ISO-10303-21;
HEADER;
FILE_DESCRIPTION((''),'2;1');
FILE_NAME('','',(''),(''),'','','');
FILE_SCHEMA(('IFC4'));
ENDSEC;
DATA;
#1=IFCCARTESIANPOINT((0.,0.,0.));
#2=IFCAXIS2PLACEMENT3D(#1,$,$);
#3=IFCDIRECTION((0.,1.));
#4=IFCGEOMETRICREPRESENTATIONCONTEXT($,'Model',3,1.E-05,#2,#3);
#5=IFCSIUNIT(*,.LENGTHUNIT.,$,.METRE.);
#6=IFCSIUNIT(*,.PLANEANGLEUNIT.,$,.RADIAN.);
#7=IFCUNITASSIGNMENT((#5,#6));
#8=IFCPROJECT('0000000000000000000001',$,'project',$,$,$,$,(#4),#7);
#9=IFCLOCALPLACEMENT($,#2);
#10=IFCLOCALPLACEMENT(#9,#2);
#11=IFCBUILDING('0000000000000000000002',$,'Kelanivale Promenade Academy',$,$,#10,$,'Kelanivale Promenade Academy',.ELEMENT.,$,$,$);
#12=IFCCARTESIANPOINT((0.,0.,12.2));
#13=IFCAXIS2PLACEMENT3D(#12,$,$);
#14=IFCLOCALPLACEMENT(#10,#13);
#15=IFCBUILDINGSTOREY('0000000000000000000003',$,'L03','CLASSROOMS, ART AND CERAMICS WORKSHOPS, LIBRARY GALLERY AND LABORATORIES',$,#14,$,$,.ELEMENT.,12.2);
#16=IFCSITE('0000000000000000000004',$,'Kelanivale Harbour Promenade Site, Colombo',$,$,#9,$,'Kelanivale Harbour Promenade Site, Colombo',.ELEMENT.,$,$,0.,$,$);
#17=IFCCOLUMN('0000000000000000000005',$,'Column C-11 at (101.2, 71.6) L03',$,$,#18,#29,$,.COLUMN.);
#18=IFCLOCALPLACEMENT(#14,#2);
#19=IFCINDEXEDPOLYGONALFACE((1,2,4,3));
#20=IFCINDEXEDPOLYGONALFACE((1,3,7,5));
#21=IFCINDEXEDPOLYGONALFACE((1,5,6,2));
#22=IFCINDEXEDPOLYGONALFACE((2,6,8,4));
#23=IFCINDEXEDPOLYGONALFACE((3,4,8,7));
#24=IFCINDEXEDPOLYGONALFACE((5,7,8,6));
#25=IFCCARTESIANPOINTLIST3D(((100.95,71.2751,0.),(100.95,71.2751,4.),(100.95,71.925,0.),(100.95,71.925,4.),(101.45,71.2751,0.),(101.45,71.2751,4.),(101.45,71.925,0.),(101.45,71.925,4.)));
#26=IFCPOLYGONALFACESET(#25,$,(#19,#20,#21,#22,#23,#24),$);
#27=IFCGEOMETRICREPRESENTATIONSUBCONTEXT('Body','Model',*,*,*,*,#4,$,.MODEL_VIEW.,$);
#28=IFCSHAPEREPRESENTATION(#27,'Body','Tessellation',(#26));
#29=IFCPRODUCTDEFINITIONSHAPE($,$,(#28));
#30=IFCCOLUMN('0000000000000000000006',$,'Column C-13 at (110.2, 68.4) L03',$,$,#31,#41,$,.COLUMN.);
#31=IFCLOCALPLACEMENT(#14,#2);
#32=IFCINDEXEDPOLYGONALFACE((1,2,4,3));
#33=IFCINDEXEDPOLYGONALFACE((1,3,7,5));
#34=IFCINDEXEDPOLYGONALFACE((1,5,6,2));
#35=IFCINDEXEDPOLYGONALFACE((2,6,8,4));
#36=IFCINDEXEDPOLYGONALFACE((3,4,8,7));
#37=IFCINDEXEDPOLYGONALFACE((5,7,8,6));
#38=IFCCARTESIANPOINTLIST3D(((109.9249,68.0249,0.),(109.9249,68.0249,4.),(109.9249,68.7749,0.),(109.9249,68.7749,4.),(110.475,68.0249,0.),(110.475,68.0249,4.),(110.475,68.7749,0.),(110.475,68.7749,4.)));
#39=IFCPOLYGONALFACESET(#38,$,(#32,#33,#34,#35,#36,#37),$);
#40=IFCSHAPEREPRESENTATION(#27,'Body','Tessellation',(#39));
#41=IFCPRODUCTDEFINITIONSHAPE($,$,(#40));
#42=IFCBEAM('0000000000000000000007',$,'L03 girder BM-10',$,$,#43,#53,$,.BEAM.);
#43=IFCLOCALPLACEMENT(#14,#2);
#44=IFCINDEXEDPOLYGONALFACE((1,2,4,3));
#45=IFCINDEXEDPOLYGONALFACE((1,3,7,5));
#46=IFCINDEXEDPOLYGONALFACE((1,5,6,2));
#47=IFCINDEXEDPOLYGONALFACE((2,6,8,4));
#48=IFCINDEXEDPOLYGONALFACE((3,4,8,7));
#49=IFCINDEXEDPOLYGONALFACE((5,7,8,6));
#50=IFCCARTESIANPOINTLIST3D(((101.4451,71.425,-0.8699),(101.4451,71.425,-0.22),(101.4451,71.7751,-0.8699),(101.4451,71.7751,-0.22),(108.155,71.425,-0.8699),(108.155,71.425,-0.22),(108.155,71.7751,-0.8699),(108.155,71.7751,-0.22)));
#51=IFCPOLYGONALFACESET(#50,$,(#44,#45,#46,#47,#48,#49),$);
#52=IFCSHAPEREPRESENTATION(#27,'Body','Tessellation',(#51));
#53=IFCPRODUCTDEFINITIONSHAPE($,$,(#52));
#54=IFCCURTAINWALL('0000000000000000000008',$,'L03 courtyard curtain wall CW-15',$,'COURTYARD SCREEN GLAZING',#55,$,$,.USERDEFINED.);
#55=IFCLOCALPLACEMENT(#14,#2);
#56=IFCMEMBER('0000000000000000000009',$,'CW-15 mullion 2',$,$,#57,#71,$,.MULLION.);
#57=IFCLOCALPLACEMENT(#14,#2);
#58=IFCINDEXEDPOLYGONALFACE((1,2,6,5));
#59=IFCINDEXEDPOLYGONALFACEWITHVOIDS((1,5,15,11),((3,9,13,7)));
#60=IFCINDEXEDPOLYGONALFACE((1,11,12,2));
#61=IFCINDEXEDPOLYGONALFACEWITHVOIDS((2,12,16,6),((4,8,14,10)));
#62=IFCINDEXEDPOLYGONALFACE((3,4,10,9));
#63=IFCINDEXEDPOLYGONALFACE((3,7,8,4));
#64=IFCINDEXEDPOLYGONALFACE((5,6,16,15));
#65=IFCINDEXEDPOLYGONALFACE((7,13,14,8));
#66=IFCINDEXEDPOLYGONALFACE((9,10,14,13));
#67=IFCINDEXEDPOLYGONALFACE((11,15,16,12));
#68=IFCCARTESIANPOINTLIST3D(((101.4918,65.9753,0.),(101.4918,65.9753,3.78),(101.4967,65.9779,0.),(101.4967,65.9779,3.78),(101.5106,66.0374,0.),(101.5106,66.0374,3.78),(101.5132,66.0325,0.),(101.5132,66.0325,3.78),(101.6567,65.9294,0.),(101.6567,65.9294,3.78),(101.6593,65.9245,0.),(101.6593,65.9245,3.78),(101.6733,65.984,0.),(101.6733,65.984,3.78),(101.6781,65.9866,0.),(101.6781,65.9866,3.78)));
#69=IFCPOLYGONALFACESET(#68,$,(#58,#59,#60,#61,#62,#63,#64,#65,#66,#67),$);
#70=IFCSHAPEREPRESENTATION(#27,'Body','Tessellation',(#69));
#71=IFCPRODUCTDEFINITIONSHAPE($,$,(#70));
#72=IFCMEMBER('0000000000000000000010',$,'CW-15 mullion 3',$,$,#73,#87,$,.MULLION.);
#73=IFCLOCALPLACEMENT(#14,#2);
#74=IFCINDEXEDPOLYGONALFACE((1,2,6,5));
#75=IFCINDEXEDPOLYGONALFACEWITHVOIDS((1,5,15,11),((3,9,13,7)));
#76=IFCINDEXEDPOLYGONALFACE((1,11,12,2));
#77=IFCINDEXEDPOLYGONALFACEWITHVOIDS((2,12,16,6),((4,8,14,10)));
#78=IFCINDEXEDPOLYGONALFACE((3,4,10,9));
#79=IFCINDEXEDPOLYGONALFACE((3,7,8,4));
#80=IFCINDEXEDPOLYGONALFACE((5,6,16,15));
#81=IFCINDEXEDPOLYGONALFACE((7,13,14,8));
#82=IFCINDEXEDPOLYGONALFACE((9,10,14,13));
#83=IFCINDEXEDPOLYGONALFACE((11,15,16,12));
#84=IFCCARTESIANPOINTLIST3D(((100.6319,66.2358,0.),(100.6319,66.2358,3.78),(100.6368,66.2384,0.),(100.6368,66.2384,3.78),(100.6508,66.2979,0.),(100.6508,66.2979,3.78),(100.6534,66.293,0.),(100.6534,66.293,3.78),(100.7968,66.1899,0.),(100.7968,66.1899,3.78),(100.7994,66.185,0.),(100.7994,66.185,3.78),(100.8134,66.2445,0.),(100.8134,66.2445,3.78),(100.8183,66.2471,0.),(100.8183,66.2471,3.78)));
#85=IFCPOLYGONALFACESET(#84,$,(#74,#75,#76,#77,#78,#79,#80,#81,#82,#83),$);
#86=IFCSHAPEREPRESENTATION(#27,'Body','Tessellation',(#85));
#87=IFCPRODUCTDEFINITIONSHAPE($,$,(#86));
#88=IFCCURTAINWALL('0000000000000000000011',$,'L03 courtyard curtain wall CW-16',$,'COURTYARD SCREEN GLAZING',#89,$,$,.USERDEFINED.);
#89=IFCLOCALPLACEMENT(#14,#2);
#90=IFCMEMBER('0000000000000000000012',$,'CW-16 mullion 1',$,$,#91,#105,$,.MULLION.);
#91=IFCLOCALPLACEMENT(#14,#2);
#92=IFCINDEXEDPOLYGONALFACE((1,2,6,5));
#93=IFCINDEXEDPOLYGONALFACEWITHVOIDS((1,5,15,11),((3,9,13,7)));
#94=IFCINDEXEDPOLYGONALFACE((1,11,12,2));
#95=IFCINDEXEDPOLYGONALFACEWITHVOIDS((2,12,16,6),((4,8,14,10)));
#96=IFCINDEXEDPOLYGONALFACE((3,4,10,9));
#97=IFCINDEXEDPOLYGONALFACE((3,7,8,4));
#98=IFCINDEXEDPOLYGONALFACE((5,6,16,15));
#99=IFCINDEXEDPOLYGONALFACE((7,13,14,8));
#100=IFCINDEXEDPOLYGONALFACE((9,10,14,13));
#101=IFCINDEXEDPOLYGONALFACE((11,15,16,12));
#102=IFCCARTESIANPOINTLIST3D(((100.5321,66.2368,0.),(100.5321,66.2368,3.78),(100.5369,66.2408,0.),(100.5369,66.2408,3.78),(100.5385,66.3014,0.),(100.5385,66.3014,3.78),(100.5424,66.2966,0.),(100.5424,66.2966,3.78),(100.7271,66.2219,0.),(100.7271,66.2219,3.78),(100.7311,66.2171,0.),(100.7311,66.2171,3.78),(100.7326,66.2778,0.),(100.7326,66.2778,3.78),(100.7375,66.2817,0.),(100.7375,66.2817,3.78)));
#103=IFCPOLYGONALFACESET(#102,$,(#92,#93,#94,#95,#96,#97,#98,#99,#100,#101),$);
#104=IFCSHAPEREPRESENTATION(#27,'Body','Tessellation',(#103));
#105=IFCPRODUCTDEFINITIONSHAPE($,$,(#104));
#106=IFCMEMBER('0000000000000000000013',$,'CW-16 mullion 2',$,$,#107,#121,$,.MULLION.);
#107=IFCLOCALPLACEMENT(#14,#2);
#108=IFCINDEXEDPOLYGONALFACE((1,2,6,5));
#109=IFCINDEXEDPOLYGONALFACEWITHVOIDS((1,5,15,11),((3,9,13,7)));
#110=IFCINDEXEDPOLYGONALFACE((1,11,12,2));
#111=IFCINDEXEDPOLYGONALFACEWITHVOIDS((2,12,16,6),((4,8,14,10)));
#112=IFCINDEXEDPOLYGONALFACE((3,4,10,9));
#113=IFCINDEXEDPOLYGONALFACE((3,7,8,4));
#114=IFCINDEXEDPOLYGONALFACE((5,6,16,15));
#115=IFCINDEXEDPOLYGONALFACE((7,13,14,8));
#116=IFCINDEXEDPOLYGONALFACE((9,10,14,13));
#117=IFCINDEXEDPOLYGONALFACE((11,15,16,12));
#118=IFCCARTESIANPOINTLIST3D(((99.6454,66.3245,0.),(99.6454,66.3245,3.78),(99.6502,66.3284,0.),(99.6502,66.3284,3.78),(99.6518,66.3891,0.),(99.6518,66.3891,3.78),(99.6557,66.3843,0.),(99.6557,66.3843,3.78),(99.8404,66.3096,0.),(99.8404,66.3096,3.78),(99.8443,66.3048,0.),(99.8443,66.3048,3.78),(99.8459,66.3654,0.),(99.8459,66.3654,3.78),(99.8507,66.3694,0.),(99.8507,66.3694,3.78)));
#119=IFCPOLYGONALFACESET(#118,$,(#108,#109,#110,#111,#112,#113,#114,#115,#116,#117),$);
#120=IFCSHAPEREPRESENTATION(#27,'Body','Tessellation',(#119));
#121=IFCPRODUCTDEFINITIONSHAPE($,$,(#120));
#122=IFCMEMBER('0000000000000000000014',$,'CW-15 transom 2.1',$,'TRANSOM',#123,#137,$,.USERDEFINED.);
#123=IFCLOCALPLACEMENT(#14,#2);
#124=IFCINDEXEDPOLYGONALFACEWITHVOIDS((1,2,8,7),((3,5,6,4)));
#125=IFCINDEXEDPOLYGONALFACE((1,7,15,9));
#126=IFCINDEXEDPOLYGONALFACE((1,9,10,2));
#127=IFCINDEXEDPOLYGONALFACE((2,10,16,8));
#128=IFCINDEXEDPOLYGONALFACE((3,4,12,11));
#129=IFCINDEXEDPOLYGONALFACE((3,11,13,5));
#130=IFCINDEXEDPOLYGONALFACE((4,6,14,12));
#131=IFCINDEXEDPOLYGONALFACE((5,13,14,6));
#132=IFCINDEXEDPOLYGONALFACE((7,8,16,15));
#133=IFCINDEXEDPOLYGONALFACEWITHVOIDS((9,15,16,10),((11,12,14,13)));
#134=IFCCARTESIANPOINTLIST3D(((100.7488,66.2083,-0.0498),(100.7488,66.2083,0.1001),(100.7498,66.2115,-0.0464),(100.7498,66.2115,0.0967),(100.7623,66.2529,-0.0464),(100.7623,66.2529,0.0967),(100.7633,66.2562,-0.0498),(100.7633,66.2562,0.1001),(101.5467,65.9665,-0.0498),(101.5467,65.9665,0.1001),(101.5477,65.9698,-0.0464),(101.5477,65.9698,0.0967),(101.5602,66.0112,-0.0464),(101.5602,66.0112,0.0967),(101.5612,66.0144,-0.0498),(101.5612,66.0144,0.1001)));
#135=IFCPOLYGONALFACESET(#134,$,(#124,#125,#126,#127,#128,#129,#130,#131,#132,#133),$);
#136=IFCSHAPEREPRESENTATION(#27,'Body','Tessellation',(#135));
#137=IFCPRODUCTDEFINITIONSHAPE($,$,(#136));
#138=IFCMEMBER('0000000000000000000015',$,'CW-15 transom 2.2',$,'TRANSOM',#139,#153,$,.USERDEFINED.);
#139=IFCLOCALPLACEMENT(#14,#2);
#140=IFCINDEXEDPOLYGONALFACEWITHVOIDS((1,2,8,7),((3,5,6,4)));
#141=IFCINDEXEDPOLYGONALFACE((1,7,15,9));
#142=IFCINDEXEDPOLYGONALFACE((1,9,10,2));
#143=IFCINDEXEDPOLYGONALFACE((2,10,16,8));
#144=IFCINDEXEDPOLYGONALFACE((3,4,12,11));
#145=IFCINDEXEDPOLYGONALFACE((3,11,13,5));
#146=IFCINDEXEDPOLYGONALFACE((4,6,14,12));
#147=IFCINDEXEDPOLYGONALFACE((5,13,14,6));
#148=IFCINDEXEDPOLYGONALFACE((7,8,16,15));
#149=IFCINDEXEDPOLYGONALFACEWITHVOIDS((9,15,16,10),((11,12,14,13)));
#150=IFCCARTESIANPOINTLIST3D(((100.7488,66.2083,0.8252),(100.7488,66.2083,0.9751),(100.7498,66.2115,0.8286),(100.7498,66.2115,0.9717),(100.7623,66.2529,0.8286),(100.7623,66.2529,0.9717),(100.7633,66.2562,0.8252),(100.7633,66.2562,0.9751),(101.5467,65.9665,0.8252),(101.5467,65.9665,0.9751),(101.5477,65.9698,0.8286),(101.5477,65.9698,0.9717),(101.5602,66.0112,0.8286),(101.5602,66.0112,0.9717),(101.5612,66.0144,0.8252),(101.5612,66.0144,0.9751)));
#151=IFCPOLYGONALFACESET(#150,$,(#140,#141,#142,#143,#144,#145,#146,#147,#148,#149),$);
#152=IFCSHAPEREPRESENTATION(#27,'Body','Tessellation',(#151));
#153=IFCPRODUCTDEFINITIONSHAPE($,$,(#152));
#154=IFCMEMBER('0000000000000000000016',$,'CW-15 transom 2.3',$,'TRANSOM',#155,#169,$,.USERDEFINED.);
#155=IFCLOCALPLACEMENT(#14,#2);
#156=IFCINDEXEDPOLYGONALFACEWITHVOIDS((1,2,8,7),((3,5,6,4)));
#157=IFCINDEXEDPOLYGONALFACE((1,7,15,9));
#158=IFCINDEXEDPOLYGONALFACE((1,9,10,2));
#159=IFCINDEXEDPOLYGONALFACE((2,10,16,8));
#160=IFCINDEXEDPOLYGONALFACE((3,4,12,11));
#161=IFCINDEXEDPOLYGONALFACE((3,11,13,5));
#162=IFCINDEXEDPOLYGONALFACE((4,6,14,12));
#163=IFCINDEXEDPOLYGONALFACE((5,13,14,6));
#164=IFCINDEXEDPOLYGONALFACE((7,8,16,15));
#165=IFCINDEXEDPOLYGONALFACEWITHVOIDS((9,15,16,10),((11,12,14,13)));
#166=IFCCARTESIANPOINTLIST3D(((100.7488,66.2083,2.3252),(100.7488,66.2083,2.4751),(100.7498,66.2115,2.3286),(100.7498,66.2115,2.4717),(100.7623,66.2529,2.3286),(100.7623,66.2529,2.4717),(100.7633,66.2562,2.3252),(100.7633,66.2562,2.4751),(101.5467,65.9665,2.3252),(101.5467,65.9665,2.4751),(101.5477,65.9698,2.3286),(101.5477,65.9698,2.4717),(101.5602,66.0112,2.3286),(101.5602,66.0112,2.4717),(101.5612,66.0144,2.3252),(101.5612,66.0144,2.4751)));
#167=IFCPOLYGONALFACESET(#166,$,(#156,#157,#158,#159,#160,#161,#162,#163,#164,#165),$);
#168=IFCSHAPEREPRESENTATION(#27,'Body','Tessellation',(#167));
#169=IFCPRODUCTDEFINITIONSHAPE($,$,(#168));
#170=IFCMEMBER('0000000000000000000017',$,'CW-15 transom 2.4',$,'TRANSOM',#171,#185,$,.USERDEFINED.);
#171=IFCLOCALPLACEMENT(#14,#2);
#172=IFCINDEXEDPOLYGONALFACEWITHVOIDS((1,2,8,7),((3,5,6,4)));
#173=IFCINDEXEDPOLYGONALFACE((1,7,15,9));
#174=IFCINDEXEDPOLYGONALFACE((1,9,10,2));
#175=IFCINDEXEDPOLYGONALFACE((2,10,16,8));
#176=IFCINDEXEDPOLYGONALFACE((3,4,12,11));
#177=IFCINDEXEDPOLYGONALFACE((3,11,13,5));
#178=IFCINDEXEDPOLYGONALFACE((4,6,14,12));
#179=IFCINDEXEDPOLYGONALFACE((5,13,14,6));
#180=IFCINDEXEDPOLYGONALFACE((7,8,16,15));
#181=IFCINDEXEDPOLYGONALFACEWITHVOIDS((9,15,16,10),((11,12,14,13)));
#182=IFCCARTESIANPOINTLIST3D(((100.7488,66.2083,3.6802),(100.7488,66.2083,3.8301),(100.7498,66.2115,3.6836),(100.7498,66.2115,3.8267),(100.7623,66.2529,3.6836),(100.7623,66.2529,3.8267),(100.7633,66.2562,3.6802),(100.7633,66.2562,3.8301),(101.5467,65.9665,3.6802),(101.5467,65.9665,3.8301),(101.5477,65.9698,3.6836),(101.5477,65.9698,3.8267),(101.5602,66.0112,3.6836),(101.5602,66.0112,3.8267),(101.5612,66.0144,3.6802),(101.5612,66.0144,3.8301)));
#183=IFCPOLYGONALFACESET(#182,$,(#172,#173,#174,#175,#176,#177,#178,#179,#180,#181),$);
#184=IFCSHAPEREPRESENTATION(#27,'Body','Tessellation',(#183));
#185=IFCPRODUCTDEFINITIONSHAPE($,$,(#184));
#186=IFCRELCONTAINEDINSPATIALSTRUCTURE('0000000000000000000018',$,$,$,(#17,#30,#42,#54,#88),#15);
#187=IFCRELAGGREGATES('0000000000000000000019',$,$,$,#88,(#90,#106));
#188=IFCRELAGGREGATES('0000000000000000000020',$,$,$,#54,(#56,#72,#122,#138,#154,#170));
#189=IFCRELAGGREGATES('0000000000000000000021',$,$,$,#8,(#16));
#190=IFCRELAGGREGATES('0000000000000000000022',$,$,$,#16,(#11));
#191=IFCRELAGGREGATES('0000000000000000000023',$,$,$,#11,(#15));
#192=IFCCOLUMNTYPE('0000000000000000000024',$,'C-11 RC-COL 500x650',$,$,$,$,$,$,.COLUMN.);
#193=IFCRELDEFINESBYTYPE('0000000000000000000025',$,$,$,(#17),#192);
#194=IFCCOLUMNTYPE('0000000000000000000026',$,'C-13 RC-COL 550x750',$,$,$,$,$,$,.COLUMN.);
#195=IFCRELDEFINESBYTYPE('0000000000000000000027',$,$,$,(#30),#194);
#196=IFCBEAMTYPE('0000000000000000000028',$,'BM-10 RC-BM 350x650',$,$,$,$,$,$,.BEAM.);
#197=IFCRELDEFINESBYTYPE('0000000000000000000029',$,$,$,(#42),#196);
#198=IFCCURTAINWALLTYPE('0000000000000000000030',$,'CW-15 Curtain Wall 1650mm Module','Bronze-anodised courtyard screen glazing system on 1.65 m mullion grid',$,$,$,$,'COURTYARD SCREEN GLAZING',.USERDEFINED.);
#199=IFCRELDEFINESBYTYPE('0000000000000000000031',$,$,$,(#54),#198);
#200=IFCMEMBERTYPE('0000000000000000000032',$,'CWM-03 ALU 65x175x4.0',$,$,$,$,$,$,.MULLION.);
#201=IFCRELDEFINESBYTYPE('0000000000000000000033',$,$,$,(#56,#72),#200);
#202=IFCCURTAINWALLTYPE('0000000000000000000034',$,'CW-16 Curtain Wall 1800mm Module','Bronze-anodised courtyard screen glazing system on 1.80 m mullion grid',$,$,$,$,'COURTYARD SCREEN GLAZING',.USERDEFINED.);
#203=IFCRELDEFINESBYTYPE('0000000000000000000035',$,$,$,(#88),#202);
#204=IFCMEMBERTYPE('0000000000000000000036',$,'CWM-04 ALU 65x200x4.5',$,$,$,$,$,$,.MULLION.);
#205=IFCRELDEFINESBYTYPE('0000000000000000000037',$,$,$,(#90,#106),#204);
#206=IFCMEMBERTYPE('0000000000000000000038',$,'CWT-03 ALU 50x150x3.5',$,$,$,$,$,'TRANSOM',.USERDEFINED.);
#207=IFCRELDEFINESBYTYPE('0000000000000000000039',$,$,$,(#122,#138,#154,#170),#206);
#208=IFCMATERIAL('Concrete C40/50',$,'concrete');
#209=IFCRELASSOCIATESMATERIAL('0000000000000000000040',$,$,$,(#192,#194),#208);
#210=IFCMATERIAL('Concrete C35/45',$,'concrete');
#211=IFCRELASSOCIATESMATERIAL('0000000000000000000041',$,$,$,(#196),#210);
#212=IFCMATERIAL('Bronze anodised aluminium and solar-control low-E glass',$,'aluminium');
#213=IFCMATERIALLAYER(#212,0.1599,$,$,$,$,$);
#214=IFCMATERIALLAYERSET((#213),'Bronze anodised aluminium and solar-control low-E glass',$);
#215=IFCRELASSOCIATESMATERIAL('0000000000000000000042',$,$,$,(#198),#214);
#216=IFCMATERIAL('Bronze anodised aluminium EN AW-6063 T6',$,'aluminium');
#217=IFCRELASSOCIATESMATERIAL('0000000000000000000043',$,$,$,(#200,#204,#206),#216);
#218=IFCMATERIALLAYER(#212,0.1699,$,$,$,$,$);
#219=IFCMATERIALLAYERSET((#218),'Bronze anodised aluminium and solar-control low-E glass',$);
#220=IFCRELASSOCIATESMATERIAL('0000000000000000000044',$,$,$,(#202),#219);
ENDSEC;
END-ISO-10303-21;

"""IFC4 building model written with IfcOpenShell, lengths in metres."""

from ifc_helpers import new_model, si_unit, direction, frame, origin, origin_2d, place, context, subcontext, project, spatial, rectangle, hollow_rectangle, extrude, material, layer, layer_set, material_profile, profile_set, type_object, element, aggregate, save


model = new_model("IFC4")

# Units and contexts
model_context = context("Model", 3, precision=1e-05, world=origin(), true_north=direction((0.0, 1.0)))
body_context = subcontext(model_context, "Body", "Model", "MODEL_VIEW")
ifc_project = project(units=[si_unit("LENGTHUNIT", "METRE"), si_unit("PLANEANGLEUNIT", "RADIAN")], contexts=[model_context])

# Site, building, storey
site_placement = place(None, origin())
site = spatial("IfcSite", under=ifc_project, at=site_placement, Name="Kelanivale Harbour Promenade Site, Colombo", LongName="Kelanivale Harbour Promenade Site, Colombo", CompositionType="ELEMENT", RefElevation=0.0)
building_placement = place(site_placement, origin())
building = spatial("IfcBuilding", under=site, at=building_placement, Name="Kelanivale Promenade Academy", LongName="Kelanivale Promenade Academy", CompositionType="ELEMENT")
storey_placement = place(building_placement, frame((0.0, 0.0, 12.2)))
storey = spatial("IfcBuildingStorey", under=building, at=storey_placement, Name="L03", Description="CLASSROOMS, ART AND CERAMICS WORKSHOPS, LIBRARY GALLERY AND LABORATORIES", CompositionType="ELEMENT", Elevation=12.2)

# Columns
ifc_material_1 = material(Name="Concrete C40/50", Category="concrete")
ifc_material_profile_1 = material_profile(ifc_material_1, rectangle(XDim=0.5, YDim=0.6499, at=origin_2d()), Name="RC-COL 500x650")
ifc_profile_set_1 = profile_set([ifc_material_profile_1], Name="Concrete C40/50")
column_type_1 = type_object("IfcColumnType", Name="C-11 RC-COL 500x650", PredefinedType="COLUMN", material=ifc_profile_set_1)
column_1_placement = place(storey_placement, frame((101.2, 71.6001, 0.0), z_axis=(0.0, 0.0, 1.0), x_axis=(1.0, 0.0, 0.0)))
element("IfcColumn", 1, at=column_1_placement, inside=storey, type_object=column_type_1, Name="Column C-11 at (101.2, 71.6) L03", PredefinedType="COLUMN", context=body_context, shape_type="SweptSolid", body=[
    extrude(rectangle(XDim=0.5, YDim=0.6499, at=origin_2d()), origin(), (0.0, 0.0, 1.0), 4.0),
])
ifc_material_profile_2 = material_profile(ifc_material_1, rectangle(XDim=0.55, YDim=0.75, at=origin_2d()), Name="RC-COL 550x750")
ifc_profile_set_2 = profile_set([ifc_material_profile_2], Name="Concrete C40/50")
column_type_2 = type_object("IfcColumnType", Name="C-13 RC-COL 550x750", PredefinedType="COLUMN", material=ifc_profile_set_2)
column_2_placement = place(storey_placement, frame((110.2, 68.3999, 0.0), z_axis=(0.0, 0.0, 1.0), x_axis=(1.0, 0.0, 0.0)))
element("IfcColumn", 2, at=column_2_placement, inside=storey, type_object=column_type_2, Name="Column C-13 at (110.2, 68.4) L03", PredefinedType="COLUMN", context=body_context, shape_type="SweptSolid", body=[
    extrude(rectangle(XDim=0.55, YDim=0.75, at=origin_2d()), origin(), (0.0, 0.0, 1.0), 4.0),
])

# Beam
ifc_material_2 = material(Name="Concrete C35/45", Category="concrete")
ifc_material_profile_3 = material_profile(ifc_material_2, rectangle(XDim=0.3501, YDim=0.6499, at=origin_2d()), Name="RC-BM 350x650")
ifc_profile_set_3 = profile_set([ifc_material_profile_3], Name="Concrete C35/45")
beam_type = type_object("IfcBeamType", Name="BM-10 RC-BM 350x650", PredefinedType="BEAM", material=ifc_profile_set_3)
beam_placement = place(storey_placement, frame((101.4451, 71.6001, -0.5449), z_axis=(1.0, 0.0, 0.0), x_axis=(0.0, 1.0, 0.0)))
element("IfcBeam", 3, at=beam_placement, inside=storey, type_object=beam_type, Name="L03 girder BM-10", PredefinedType="BEAM", context=body_context, shape_type="SweptSolid", body=[
    extrude(rectangle(XDim=0.3501, YDim=0.6499, at=origin_2d()), origin(), (0.0, 0.0, 1.0), 6.71),
])

# Curtain walls, members
ifc_material_3 = material(Name="Bronze anodised aluminium and solar-control low-E glass", Category="aluminium")
ifc_layer_1 = layer(ifc_material_3, 0.1599)
ifc_layer_set_1 = layer_set([ifc_layer_1], Name="Bronze anodised aluminium and solar-control low-E glass")
curtain_wall_type_1 = type_object("IfcCurtainWallType", Name="CW-15 Curtain Wall 1650mm Module", Description="Bronze-anodised courtyard screen glazing system on 1.65 m mullion grid", ElementType="COURTYARD SCREEN GLAZING", PredefinedType="USERDEFINED", material=ifc_layer_set_1)
curtain_wall_1_placement = place(storey_placement, origin())
curtain_wall_1 = element("IfcCurtainWall", 4, at=curtain_wall_1_placement, inside=storey, type_object=curtain_wall_type_1, Name="L03 courtyard curtain wall CW-15", ObjectType="COURTYARD SCREEN GLAZING", PredefinedType="USERDEFINED")
ifc_material_4 = material(Name="Bronze anodised aluminium EN AW-6063 T6", Category="aluminium")
ifc_material_profile_4 = material_profile(ifc_material_4, hollow_rectangle(XDim=0.0649, YDim=0.175, WallThickness=0.0039, at=origin_2d()), Name="ALU 65x175x4.0")
ifc_profile_set_4 = profile_set([ifc_material_profile_4], Name="Bronze anodised aluminium EN AW-6063 T6")
member_type_1 = type_object("IfcMemberType", Name="CWM-03 ALU 65x175x4.0", PredefinedType="MULLION", material=ifc_profile_set_4)
member_1_placement = place(storey_placement, frame((101.585, 65.981, 0.0), z_axis=(0.0, 0.0, 1.0), x_axis=(-0.290007, -0.957024, 0.0)))
member_1 = element("IfcMember", 5, at=member_1_placement, type_object=member_type_1, Name="CW-15 mullion 2", PredefinedType="MULLION", context=body_context, shape_type="SweptSolid", body=[
    extrude(hollow_rectangle(XDim=0.0649, YDim=0.175, WallThickness=0.0039, at=origin_2d()), origin(), (0.0, 0.0, 1.0), 3.78),
])
member_2_placement = place(storey_placement, frame((100.7251, 66.2415, 0.0), z_axis=(0.0, 0.0, 1.0), x_axis=(-0.290007, -0.957024, 0.0)))
member_2 = element("IfcMember", 6, at=member_2_placement, type_object=member_type_1, Name="CW-15 mullion 3", PredefinedType="MULLION", context=body_context, shape_type="SweptSolid", body=[
    extrude(hollow_rectangle(XDim=0.0649, YDim=0.175, WallThickness=0.0039, at=origin_2d()), origin(), (0.0, 0.0, 1.0), 3.78),
])
ifc_layer_2 = layer(ifc_material_3, 0.1699)
ifc_layer_set_2 = layer_set([ifc_layer_2], Name="Bronze anodised aluminium and solar-control low-E glass")
curtain_wall_type_2 = type_object("IfcCurtainWallType", Name="CW-16 Curtain Wall 1800mm Module", Description="Bronze-anodised courtyard screen glazing system on 1.80 m mullion grid", ElementType="COURTYARD SCREEN GLAZING", PredefinedType="USERDEFINED", material=ifc_layer_set_2)
curtain_wall_2_placement = place(storey_placement, origin())
curtain_wall_2 = element("IfcCurtainWall", 7, at=curtain_wall_2_placement, inside=storey, type_object=curtain_wall_type_2, Name="L03 courtyard curtain wall CW-16", ObjectType="COURTYARD SCREEN GLAZING", PredefinedType="USERDEFINED")
ifc_material_profile_5 = material_profile(ifc_material_4, hollow_rectangle(XDim=0.0649, YDim=0.2, WallThickness=0.0044, at=origin_2d()), Name="ALU 65x200x4.5")
ifc_profile_set_5 = profile_set([ifc_material_profile_5], Name="Bronze anodised aluminium EN AW-6063 T6")
member_type_2 = type_object("IfcMemberType", Name="CWM-04 ALU 65x200x4.5", PredefinedType="MULLION", material=ifc_profile_set_5)
member_3_placement = place(storey_placement, frame((100.6348, 66.2593, 0.0), z_axis=(0.0, 0.0, 1.0), x_axis=(-0.098539, -0.995133, 0.0)))
member_3 = element("IfcMember", 8, at=member_3_placement, type_object=member_type_2, Name="CW-16 mullion 1", PredefinedType="MULLION", context=body_context, shape_type="SweptSolid", body=[
    extrude(hollow_rectangle(XDim=0.0649, YDim=0.2, WallThickness=0.0044, at=origin_2d()), origin(), (0.0, 0.0, 1.0), 3.78),
])
member_4_placement = place(storey_placement, frame((99.748, 66.3469, 0.0), z_axis=(0.0, 0.0, 1.0), x_axis=(-0.098539, -0.995133, 0.0)))
member_4 = element("IfcMember", 9, at=member_4_placement, type_object=member_type_2, Name="CW-16 mullion 2", PredefinedType="MULLION", context=body_context, shape_type="SweptSolid", body=[
    extrude(hollow_rectangle(XDim=0.0649, YDim=0.2, WallThickness=0.0044, at=origin_2d()), origin(), (0.0, 0.0, 1.0), 3.78),
])

# Members
ifc_material_profile_6 = material_profile(ifc_material_4, hollow_rectangle(XDim=0.05, YDim=0.1499, WallThickness=0.0034, at=origin_2d()), Name="ALU 50x150x3.5")
ifc_profile_set_6 = profile_set([ifc_material_profile_6], Name="Bronze anodised aluminium EN AW-6063 T6")
member_type_3 = type_object("IfcMemberType", Name="CWT-03 ALU 50x150x3.5", ElementType="TRANSOM", PredefinedType="USERDEFINED", material=ifc_profile_set_6)
member_5_placement = place(storey_placement, frame((101.554, 65.9905, 0.0251), z_axis=(-0.957049, 0.289926, 0.0), x_axis=(-0.289926, -0.957049, 0.0)))
member_5 = element("IfcMember", 10, at=member_5_placement, type_object=member_type_3, Name="CW-15 transom 2.1", ObjectType="TRANSOM", PredefinedType="USERDEFINED", context=body_context, shape_type="SweptSolid", body=[
    extrude(hollow_rectangle(XDim=0.05, YDim=0.1499, WallThickness=0.0034, at=origin_2d()), origin(), (0.0, 0.0, 1.0), 0.8337),
])
member_6_placement = place(storey_placement, frame((101.554, 65.9905, 0.9001), z_axis=(-0.957049, 0.289926, 0.0), x_axis=(-0.289926, -0.957049, 0.0)))
member_6 = element("IfcMember", 11, at=member_6_placement, type_object=member_type_3, Name="CW-15 transom 2.2", ObjectType="TRANSOM", PredefinedType="USERDEFINED", context=body_context, shape_type="SweptSolid", body=[
    extrude(hollow_rectangle(XDim=0.05, YDim=0.1499, WallThickness=0.0034, at=origin_2d()), origin(), (0.0, 0.0, 1.0), 0.8337),
])
member_7_placement = place(storey_placement, frame((101.554, 65.9905, 2.4001), z_axis=(-0.957049, 0.289926, 0.0), x_axis=(-0.289926, -0.957049, 0.0)))
member_7 = element("IfcMember", 12, at=member_7_placement, type_object=member_type_3, Name="CW-15 transom 2.3", ObjectType="TRANSOM", PredefinedType="USERDEFINED", context=body_context, shape_type="SweptSolid", body=[
    extrude(hollow_rectangle(XDim=0.05, YDim=0.1499, WallThickness=0.0034, at=origin_2d()), origin(), (0.0, 0.0, 1.0), 0.8337),
])
member_8_placement = place(storey_placement, frame((101.554, 65.9905, 3.7551), z_axis=(-0.957049, 0.289926, 0.0), x_axis=(-0.289926, -0.957049, 0.0)))
member_8 = element("IfcMember", 13, at=member_8_placement, type_object=member_type_3, Name="CW-15 transom 2.4", ObjectType="TRANSOM", PredefinedType="USERDEFINED", context=body_context, shape_type="SweptSolid", body=[
    extrude(hollow_rectangle(XDim=0.05, YDim=0.1499, WallThickness=0.0034, at=origin_2d()), origin(), (0.0, 0.0, 1.0), 0.8337),
])

aggregate(curtain_wall_2, [member_3, member_4])
aggregate(curtain_wall_1, [member_1, member_2, member_5, member_6, member_7, member_8])

save(model, "model.ifc")
